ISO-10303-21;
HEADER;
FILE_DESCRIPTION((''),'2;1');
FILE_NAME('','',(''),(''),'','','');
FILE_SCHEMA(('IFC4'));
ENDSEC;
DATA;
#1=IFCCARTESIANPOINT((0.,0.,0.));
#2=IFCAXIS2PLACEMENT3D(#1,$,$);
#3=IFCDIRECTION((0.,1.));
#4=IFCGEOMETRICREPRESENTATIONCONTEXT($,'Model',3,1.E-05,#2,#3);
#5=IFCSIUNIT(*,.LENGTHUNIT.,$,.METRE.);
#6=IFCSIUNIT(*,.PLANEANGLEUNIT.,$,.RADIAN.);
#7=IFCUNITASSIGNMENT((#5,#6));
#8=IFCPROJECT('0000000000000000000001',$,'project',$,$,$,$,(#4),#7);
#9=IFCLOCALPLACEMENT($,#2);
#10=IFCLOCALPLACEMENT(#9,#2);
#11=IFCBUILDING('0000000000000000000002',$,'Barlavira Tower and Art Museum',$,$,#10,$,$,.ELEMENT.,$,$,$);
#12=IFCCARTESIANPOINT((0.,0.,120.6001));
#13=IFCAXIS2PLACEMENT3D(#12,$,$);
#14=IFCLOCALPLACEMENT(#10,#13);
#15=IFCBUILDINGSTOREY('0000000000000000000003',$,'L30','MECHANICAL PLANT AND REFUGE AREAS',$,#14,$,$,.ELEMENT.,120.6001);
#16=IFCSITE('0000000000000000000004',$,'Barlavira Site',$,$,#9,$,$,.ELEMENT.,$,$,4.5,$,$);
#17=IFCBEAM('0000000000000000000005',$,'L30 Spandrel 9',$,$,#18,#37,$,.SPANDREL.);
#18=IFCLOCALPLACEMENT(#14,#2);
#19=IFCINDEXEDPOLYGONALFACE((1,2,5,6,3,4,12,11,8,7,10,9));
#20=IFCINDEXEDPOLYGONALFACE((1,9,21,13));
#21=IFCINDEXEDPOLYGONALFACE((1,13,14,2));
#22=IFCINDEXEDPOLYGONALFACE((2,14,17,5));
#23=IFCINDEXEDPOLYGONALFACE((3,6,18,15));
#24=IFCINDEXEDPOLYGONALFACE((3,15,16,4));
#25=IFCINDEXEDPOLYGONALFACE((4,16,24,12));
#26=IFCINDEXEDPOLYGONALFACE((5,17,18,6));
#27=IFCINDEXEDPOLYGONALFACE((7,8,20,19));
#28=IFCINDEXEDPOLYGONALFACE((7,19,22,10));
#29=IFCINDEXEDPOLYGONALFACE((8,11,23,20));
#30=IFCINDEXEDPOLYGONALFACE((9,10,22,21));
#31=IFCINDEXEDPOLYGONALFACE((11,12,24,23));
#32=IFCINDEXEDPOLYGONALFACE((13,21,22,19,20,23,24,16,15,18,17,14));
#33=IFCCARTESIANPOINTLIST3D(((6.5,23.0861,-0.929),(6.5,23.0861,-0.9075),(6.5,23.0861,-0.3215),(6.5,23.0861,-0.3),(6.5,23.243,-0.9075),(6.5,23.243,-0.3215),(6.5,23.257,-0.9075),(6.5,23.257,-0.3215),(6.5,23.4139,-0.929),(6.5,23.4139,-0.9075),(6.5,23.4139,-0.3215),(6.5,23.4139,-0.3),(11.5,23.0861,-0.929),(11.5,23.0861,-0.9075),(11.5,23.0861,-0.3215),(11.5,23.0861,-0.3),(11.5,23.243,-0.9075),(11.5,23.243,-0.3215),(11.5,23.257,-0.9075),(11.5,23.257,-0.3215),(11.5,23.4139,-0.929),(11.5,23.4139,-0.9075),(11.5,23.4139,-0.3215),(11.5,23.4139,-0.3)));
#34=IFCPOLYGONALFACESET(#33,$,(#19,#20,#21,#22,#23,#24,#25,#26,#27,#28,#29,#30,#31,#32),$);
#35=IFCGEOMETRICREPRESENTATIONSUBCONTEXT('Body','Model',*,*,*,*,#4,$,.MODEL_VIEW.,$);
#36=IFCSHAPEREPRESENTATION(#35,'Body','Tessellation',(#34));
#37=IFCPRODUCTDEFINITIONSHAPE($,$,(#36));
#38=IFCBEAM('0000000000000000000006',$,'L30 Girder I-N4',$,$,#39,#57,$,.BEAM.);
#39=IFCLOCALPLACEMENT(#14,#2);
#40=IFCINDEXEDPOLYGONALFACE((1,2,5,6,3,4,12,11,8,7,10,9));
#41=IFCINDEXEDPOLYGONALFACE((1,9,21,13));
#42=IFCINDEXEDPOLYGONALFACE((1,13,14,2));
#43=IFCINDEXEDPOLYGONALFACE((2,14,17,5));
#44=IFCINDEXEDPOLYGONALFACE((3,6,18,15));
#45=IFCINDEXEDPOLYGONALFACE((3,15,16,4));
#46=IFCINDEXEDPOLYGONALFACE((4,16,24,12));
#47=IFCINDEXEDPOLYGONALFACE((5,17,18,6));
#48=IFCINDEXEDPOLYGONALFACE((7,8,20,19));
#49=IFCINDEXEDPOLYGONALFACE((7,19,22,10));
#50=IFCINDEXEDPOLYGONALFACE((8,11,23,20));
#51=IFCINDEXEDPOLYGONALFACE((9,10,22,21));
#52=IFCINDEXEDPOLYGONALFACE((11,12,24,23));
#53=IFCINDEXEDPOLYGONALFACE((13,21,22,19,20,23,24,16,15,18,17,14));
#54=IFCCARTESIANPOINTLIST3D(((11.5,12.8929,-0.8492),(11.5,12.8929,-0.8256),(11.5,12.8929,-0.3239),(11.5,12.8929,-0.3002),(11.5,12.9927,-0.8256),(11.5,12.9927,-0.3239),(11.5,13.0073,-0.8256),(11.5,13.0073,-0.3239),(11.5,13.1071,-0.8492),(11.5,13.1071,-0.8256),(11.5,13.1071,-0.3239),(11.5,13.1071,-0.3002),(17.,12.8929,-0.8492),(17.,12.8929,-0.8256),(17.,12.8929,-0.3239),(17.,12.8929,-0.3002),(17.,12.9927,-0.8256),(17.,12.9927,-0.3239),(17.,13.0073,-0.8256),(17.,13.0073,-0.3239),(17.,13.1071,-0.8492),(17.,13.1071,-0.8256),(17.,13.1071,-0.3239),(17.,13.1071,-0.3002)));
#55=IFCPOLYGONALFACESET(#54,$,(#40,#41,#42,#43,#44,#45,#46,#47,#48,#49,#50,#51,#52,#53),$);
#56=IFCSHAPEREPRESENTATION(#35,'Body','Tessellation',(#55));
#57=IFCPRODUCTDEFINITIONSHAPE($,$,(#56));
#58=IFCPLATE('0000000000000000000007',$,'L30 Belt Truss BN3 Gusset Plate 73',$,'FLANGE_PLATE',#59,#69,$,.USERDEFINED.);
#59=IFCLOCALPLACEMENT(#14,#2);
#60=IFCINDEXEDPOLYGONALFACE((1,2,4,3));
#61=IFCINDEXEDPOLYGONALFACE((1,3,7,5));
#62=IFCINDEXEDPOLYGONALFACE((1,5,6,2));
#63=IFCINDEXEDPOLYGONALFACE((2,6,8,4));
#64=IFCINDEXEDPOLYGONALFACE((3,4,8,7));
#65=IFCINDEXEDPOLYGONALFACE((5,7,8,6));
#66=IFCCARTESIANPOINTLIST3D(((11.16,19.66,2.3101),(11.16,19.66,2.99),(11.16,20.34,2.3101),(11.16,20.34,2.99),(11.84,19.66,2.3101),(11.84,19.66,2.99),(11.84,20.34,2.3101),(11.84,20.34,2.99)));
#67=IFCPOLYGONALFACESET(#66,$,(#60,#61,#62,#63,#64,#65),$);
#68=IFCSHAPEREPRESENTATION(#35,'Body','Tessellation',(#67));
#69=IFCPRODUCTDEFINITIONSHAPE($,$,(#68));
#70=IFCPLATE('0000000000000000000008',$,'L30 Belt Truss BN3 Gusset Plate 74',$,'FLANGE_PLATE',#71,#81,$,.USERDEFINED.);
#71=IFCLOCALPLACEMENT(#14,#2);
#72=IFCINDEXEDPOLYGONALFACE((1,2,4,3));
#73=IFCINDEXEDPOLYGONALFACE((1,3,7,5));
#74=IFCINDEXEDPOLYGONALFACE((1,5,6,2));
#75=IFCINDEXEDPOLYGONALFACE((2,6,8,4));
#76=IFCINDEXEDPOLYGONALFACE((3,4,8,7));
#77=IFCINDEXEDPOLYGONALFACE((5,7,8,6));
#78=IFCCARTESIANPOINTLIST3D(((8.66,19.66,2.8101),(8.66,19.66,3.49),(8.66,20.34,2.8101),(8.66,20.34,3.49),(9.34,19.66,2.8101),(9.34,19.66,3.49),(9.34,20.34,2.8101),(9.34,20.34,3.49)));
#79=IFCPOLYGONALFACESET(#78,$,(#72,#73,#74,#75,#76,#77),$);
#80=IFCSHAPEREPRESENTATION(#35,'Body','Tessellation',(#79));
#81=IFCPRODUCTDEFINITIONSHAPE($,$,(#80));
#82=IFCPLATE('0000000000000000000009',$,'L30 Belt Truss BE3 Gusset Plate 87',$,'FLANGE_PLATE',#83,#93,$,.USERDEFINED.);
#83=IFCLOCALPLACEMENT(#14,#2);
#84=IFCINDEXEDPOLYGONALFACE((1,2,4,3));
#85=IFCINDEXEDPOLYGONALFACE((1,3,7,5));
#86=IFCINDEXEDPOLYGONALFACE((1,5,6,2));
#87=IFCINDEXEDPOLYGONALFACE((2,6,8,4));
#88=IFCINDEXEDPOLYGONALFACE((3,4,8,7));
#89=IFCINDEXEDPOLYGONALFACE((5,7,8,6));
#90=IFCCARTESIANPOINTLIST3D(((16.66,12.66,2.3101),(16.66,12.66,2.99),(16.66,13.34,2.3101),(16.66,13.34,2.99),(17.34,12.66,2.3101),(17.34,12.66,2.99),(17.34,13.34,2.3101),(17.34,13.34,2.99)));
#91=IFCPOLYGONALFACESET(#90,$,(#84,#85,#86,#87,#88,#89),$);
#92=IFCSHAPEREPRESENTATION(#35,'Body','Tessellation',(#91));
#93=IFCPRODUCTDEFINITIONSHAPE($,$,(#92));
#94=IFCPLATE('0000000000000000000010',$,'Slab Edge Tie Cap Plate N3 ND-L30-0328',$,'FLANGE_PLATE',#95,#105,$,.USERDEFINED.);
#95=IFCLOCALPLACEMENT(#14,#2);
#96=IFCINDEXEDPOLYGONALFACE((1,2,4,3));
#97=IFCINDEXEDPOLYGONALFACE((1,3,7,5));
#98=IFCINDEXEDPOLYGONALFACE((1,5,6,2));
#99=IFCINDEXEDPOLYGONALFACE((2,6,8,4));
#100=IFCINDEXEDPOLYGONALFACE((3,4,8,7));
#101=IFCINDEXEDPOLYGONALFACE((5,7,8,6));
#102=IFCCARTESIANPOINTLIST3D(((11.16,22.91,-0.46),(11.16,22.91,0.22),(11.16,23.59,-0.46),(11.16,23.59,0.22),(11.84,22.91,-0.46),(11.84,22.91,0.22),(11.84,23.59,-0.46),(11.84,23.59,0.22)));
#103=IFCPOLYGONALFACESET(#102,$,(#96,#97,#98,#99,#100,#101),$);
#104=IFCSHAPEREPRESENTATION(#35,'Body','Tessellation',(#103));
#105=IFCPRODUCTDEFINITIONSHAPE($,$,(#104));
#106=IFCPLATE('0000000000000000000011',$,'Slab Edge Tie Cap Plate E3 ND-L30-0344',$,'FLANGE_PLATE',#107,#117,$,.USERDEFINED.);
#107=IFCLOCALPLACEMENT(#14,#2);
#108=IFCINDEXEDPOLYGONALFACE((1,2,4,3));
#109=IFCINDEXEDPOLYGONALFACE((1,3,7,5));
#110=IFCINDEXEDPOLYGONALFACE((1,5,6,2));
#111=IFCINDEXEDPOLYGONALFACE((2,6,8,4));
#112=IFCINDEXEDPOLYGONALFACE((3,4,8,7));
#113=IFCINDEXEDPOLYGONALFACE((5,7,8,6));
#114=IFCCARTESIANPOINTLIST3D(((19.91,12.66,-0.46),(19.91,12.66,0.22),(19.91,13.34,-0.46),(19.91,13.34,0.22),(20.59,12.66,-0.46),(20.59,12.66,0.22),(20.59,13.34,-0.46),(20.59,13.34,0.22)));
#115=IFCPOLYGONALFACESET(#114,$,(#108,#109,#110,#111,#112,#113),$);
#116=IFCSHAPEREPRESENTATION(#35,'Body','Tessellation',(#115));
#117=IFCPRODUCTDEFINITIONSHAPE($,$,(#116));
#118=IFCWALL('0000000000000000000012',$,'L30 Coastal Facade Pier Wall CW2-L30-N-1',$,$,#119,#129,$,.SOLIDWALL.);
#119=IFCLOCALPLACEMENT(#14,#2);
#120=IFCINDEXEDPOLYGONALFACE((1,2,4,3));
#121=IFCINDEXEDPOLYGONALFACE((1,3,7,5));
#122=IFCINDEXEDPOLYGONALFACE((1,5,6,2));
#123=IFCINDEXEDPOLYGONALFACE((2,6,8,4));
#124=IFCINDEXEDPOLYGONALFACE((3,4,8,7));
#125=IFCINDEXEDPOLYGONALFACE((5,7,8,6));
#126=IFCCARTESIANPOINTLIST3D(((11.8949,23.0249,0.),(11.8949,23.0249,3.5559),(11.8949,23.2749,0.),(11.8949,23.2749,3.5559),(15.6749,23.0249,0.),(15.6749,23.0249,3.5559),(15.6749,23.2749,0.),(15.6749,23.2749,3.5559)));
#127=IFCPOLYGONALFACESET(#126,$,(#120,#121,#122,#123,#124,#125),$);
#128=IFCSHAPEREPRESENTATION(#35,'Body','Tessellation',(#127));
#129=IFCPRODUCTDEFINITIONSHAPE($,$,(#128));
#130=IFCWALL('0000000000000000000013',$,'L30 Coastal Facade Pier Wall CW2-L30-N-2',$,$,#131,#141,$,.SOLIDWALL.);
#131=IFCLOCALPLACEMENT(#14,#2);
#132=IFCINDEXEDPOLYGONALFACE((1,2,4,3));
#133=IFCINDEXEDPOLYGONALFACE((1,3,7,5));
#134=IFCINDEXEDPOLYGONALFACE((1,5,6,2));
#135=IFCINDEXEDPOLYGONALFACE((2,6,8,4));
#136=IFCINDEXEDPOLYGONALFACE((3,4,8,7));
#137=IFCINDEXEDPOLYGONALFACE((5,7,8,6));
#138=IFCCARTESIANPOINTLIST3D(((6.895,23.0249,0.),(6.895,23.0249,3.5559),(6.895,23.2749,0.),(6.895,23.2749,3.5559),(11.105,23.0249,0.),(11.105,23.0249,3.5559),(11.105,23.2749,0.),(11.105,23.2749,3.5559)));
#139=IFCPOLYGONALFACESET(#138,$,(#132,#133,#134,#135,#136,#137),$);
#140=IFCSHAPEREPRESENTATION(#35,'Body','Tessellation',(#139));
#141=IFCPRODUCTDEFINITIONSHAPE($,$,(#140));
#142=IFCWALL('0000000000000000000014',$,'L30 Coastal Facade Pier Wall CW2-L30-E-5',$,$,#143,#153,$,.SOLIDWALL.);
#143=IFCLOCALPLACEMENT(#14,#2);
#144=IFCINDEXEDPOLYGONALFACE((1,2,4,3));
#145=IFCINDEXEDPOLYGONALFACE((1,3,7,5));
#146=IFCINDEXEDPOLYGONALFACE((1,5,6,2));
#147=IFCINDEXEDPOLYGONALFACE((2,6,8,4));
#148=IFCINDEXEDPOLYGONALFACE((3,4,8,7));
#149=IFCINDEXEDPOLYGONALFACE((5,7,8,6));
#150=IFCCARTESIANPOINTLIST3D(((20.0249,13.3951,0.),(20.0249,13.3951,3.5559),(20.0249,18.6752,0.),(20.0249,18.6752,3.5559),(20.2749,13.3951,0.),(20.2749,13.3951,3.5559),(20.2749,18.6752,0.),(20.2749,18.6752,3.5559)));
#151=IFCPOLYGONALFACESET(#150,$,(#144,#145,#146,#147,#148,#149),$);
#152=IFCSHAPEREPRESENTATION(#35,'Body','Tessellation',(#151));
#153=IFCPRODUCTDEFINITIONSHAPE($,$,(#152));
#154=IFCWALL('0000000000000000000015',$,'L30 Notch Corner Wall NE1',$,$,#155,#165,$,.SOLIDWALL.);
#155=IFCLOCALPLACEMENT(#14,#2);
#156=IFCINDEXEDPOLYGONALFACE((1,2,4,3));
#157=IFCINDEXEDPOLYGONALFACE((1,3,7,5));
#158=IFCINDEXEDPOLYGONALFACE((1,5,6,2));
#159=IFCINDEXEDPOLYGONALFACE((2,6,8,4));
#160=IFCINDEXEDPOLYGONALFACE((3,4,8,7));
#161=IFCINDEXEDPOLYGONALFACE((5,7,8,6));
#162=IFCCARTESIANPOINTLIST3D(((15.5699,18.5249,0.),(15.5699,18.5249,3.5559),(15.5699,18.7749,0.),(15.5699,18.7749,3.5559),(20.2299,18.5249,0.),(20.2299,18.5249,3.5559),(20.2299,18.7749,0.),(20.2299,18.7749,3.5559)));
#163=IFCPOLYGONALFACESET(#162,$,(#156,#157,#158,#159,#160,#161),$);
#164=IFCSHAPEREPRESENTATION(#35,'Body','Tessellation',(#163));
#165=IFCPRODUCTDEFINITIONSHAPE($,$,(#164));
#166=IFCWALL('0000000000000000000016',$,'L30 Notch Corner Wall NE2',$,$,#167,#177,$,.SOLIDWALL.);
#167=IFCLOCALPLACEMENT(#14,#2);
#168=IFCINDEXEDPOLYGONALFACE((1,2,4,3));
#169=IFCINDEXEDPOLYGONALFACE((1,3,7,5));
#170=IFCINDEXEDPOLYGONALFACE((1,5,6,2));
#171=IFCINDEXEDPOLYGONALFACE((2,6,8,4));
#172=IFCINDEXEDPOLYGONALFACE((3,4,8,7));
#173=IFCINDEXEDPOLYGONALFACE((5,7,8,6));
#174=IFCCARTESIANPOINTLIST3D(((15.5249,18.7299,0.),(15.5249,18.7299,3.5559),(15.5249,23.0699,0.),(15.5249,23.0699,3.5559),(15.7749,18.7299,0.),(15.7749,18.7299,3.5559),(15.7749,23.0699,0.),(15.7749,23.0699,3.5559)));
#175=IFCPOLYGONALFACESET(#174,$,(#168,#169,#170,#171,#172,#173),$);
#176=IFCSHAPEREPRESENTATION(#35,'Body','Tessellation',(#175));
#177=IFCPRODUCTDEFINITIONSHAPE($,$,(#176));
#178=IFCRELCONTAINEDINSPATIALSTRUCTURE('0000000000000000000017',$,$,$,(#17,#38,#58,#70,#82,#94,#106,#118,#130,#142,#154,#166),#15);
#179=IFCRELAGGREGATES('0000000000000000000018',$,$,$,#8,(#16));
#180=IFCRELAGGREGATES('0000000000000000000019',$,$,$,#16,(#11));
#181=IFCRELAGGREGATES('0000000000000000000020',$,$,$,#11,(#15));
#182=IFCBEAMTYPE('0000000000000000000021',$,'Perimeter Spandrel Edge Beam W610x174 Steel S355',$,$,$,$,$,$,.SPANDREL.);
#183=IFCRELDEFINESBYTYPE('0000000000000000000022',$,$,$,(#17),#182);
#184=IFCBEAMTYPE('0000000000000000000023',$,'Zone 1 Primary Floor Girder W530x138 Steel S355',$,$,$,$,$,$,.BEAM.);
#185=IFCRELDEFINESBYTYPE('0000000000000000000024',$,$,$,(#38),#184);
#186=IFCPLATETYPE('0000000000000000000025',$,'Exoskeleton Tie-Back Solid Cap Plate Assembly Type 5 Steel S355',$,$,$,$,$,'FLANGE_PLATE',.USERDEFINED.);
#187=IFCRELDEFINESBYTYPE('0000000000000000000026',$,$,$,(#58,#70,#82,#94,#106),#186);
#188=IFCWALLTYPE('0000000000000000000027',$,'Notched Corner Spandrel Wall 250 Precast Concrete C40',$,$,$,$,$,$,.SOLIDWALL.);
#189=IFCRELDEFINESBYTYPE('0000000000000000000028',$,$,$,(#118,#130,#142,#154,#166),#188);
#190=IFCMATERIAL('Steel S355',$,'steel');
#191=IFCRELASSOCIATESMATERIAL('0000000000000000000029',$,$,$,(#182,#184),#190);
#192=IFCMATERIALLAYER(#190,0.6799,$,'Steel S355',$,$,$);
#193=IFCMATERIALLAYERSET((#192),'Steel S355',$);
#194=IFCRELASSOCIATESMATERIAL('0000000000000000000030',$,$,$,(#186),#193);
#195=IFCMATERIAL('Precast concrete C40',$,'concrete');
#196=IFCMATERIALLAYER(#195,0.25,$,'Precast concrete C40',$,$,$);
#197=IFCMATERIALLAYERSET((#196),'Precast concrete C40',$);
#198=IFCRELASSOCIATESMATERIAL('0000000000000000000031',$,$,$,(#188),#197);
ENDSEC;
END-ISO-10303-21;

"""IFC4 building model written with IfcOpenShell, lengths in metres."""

from ifc_helpers import new_model, si_unit, direction, frame, frame_2d, origin, origin_2d, place, context, subcontext, project, spatial, rectangle, i_section, extrude, material, layer, layer_set, material_profile, profile_set, type_object, element, save


model = new_model("IFC4")

# Units and contexts
model_context = context("Model", 3, precision=1e-05, world=origin(), true_north=direction((0.0, 1.0)))
body_context = subcontext(model_context, "Body", "Model", "MODEL_VIEW")
ifc_project = project(units=[si_unit("LENGTHUNIT", "METRE"), si_unit("PLANEANGLEUNIT", "RADIAN")], contexts=[model_context])

# Site, building, storey
site_placement = place(None, origin())
site = spatial("IfcSite", under=ifc_project, at=site_placement, Name="Barlavira Site", CompositionType="ELEMENT", RefElevation=4.5)
building_placement = place(site_placement, origin())
building = spatial("IfcBuilding", under=site, at=building_placement, Name="Barlavira Tower and Art Museum", CompositionType="ELEMENT")
storey_placement = place(building_placement, frame((0.0, 0.0, 120.6001)))
storey = spatial("IfcBuildingStorey", under=building, at=storey_placement, Name="L30", Description="MECHANICAL PLANT AND REFUGE AREAS", CompositionType="ELEMENT", Elevation=120.6001)

# Shared definitions
ifc_material_1 = material(Name="Steel S355", Category="steel")

# Beams
ifc_material_profile_1 = material_profile(ifc_material_1, i_section(OverallWidth=0.3279, OverallDepth=0.6289, WebThickness=0.0139, FlangeThickness=0.0215, at=origin_2d()), Name="W610x174.0")
ifc_profile_set_1 = profile_set([ifc_material_profile_1], Name="Steel S355")
beam_type_1 = type_object("IfcBeamType", Name="Perimeter Spandrel Edge Beam W610x174 Steel S355", PredefinedType="SPANDREL", material=ifc_profile_set_1)
beam_1_placement = place(storey_placement, frame((6.5, 23.25, -0.6145), z_axis=(1.0, 0.0, 0.0), x_axis=(0.0, 1.0, 0.0)))
element("IfcBeam", 1, at=beam_1_placement, inside=storey, type_object=beam_type_1, Name="L30 Spandrel 9", PredefinedType="SPANDREL", context=body_context, shape_type="SweptSolid", body=[
    extrude(i_section(OverallWidth=0.3279, OverallDepth=0.6289, WebThickness=0.0139, FlangeThickness=0.0215, at=origin_2d()), origin(), (0.0, 0.0, 1.0), 5.0),
])
ifc_material_profile_2 = material_profile(ifc_material_1, i_section(OverallWidth=0.2141, OverallDepth=0.5491, WebThickness=0.0146, FlangeThickness=0.0237, at=origin_2d()), Name="W530x138.0")
ifc_profile_set_2 = profile_set([ifc_material_profile_2], Name="Steel S355")
beam_type_2 = type_object("IfcBeamType", Name="Zone 1 Primary Floor Girder W530x138 Steel S355", PredefinedType="BEAM", material=ifc_profile_set_2)
beam_2_placement = place(storey_placement, frame((11.5, 13.0, -0.5747), z_axis=(1.0, 0.0, 0.0), x_axis=(0.0, 1.0, 0.0)))
element("IfcBeam", 2, at=beam_2_placement, inside=storey, type_object=beam_type_2, Name="L30 Girder I-N4", PredefinedType="BEAM", context=body_context, shape_type="SweptSolid", body=[
    extrude(i_section(OverallWidth=0.2141, OverallDepth=0.5491, WebThickness=0.0146, FlangeThickness=0.0237, at=origin_2d()), origin(), (0.0, 0.0, 1.0), 5.5),
])

# Plates
ifc_layer_1 = layer(ifc_material_1, 0.6799, Name="Steel S355")
ifc_layer_set_1 = layer_set([ifc_layer_1], Name="Steel S355")
plate_type = type_object("IfcPlateType", Name="Exoskeleton Tie-Back Solid Cap Plate Assembly Type 5 Steel S355", ElementType="FLANGE_PLATE", PredefinedType="USERDEFINED", material=ifc_layer_set_1)
for number, where, z_axis, x_axis, name in (
    (3, (11.5, 20.0, 2.3101), (0.0, 0.0, 1.0), (1.0, 0.0, 0.0), "L30 Belt Truss BN3 Gusset Plate 73"),
    (4, (9.0, 20.0, 2.8101), (0.0, 0.0, 1.0), (1.0, 0.0, 0.0), "L30 Belt Truss BN3 Gusset Plate 74"),
    (5, (17.0, 13.0, 2.3101), (0.0, 0.0, 1.0), (1.0, 0.0, 0.0), "L30 Belt Truss BE3 Gusset Plate 87"),
    (6, (11.5, 23.25, -0.46), (0.0, 0.0, 1.0), (1.0, 0.0, 0.0), "Slab Edge Tie Cap Plate N3 ND-L30-0328"),
    (7, (20.25, 13.0, -0.46), (0.0, 0.0, 1.0), (1.0, 0.0, 0.0), "Slab Edge Tie Cap Plate E3 ND-L30-0344"),
):
    element("IfcPlate", number, at=place(storey_placement, frame(where, z_axis=z_axis, x_axis=x_axis)), inside=storey, type_object=plate_type, Name=name, ObjectType="FLANGE_PLATE", PredefinedType="USERDEFINED", context=body_context, shape_type="SweptSolid", body=[
        extrude(rectangle(XDim=0.6799, YDim=0.6799, at=origin_2d()), origin(), (0.0, 0.0, 1.0), 0.6799),
    ])

# Walls
ifc_material_2 = material(Name="Precast concrete C40", Category="concrete")
ifc_layer_2 = layer(ifc_material_2, 0.25, Name="Precast concrete C40")
ifc_layer_set_2 = layer_set([ifc_layer_2], Name="Precast concrete C40")
wall_type = type_object("IfcWallType", Name="Notched Corner Spandrel Wall 250 Precast Concrete C40", PredefinedType="SOLIDWALL", material=ifc_layer_set_2)
wall_1_placement = place(storey_placement, frame((15.675, 23.1499, 0.0), z_axis=(0.0, 0.0, 1.0), x_axis=(-1.0, 0.0, 0.0)))
element("IfcWall", 8, at=wall_1_placement, inside=storey, type_object=wall_type, Name="L30 Coastal Facade Pier Wall CW2-L30-N-1", PredefinedType="SOLIDWALL", context=body_context, shape_type="SweptSolid", body=[
    extrude(rectangle(XDim=3.78, YDim=0.25, at=frame_2d((1.8901, 0.0))), origin(), (0.0, 0.0, 1.0), 3.5559),
])
wall_2_placement = place(storey_placement, frame((11.105, 23.1499, 0.0), z_axis=(0.0, 0.0, 1.0), x_axis=(-1.0, 0.0, 0.0)))
element("IfcWall", 9, at=wall_2_placement, inside=storey, type_object=wall_type, Name="L30 Coastal Facade Pier Wall CW2-L30-N-2", PredefinedType="SOLIDWALL", context=body_context, shape_type="SweptSolid", body=[
    extrude(rectangle(XDim=4.21, YDim=0.25, at=frame_2d((2.105, 0.0))), origin(), (0.0, 0.0, 1.0), 3.5559),
])
wall_3_placement = place(storey_placement, frame((20.1499, 13.395, 0.0), z_axis=(0.0, 0.0, 1.0), x_axis=(0.0, 1.0, 0.0)))
element("IfcWall", 10, at=wall_3_placement, inside=storey, type_object=wall_type, Name="L30 Coastal Facade Pier Wall CW2-L30-E-5", PredefinedType="SOLIDWALL", context=body_context, shape_type="SweptSolid", body=[
    extrude(rectangle(XDim=5.28, YDim=0.25, at=frame_2d((2.6401, 0.0))), origin(), (0.0, 0.0, 1.0), 3.5559),
])
wall_4_placement = place(storey_placement, frame((20.23, 18.6499, 0.0), z_axis=(0.0, 0.0, 1.0), x_axis=(-1.0, 0.0, 0.0)))
element("IfcWall", 11, at=wall_4_placement, inside=storey, type_object=wall_type, Name="L30 Notch Corner Wall NE1", PredefinedType="SOLIDWALL", context=body_context, shape_type="SweptSolid", body=[
    extrude(rectangle(XDim=4.6599, YDim=0.25, at=frame_2d((2.3301, 0.0))), origin(), (0.0, 0.0, 1.0), 3.5559),
])
wall_5_placement = place(storey_placement, frame((15.6499, 18.73, 0.0), z_axis=(0.0, 0.0, 1.0), x_axis=(0.0, 1.0, 0.0)))
element("IfcWall", 12, at=wall_5_placement, inside=storey, type_object=wall_type, Name="L30 Notch Corner Wall NE2", PredefinedType="SOLIDWALL", context=body_context, shape_type="SweptSolid", body=[
    extrude(rectangle(XDim=4.3401, YDim=0.25, at=frame_2d((2.1699, 0.0))), origin(), (0.0, 0.0, 1.0), 3.5559),
])

save(model, "model.ifc")
